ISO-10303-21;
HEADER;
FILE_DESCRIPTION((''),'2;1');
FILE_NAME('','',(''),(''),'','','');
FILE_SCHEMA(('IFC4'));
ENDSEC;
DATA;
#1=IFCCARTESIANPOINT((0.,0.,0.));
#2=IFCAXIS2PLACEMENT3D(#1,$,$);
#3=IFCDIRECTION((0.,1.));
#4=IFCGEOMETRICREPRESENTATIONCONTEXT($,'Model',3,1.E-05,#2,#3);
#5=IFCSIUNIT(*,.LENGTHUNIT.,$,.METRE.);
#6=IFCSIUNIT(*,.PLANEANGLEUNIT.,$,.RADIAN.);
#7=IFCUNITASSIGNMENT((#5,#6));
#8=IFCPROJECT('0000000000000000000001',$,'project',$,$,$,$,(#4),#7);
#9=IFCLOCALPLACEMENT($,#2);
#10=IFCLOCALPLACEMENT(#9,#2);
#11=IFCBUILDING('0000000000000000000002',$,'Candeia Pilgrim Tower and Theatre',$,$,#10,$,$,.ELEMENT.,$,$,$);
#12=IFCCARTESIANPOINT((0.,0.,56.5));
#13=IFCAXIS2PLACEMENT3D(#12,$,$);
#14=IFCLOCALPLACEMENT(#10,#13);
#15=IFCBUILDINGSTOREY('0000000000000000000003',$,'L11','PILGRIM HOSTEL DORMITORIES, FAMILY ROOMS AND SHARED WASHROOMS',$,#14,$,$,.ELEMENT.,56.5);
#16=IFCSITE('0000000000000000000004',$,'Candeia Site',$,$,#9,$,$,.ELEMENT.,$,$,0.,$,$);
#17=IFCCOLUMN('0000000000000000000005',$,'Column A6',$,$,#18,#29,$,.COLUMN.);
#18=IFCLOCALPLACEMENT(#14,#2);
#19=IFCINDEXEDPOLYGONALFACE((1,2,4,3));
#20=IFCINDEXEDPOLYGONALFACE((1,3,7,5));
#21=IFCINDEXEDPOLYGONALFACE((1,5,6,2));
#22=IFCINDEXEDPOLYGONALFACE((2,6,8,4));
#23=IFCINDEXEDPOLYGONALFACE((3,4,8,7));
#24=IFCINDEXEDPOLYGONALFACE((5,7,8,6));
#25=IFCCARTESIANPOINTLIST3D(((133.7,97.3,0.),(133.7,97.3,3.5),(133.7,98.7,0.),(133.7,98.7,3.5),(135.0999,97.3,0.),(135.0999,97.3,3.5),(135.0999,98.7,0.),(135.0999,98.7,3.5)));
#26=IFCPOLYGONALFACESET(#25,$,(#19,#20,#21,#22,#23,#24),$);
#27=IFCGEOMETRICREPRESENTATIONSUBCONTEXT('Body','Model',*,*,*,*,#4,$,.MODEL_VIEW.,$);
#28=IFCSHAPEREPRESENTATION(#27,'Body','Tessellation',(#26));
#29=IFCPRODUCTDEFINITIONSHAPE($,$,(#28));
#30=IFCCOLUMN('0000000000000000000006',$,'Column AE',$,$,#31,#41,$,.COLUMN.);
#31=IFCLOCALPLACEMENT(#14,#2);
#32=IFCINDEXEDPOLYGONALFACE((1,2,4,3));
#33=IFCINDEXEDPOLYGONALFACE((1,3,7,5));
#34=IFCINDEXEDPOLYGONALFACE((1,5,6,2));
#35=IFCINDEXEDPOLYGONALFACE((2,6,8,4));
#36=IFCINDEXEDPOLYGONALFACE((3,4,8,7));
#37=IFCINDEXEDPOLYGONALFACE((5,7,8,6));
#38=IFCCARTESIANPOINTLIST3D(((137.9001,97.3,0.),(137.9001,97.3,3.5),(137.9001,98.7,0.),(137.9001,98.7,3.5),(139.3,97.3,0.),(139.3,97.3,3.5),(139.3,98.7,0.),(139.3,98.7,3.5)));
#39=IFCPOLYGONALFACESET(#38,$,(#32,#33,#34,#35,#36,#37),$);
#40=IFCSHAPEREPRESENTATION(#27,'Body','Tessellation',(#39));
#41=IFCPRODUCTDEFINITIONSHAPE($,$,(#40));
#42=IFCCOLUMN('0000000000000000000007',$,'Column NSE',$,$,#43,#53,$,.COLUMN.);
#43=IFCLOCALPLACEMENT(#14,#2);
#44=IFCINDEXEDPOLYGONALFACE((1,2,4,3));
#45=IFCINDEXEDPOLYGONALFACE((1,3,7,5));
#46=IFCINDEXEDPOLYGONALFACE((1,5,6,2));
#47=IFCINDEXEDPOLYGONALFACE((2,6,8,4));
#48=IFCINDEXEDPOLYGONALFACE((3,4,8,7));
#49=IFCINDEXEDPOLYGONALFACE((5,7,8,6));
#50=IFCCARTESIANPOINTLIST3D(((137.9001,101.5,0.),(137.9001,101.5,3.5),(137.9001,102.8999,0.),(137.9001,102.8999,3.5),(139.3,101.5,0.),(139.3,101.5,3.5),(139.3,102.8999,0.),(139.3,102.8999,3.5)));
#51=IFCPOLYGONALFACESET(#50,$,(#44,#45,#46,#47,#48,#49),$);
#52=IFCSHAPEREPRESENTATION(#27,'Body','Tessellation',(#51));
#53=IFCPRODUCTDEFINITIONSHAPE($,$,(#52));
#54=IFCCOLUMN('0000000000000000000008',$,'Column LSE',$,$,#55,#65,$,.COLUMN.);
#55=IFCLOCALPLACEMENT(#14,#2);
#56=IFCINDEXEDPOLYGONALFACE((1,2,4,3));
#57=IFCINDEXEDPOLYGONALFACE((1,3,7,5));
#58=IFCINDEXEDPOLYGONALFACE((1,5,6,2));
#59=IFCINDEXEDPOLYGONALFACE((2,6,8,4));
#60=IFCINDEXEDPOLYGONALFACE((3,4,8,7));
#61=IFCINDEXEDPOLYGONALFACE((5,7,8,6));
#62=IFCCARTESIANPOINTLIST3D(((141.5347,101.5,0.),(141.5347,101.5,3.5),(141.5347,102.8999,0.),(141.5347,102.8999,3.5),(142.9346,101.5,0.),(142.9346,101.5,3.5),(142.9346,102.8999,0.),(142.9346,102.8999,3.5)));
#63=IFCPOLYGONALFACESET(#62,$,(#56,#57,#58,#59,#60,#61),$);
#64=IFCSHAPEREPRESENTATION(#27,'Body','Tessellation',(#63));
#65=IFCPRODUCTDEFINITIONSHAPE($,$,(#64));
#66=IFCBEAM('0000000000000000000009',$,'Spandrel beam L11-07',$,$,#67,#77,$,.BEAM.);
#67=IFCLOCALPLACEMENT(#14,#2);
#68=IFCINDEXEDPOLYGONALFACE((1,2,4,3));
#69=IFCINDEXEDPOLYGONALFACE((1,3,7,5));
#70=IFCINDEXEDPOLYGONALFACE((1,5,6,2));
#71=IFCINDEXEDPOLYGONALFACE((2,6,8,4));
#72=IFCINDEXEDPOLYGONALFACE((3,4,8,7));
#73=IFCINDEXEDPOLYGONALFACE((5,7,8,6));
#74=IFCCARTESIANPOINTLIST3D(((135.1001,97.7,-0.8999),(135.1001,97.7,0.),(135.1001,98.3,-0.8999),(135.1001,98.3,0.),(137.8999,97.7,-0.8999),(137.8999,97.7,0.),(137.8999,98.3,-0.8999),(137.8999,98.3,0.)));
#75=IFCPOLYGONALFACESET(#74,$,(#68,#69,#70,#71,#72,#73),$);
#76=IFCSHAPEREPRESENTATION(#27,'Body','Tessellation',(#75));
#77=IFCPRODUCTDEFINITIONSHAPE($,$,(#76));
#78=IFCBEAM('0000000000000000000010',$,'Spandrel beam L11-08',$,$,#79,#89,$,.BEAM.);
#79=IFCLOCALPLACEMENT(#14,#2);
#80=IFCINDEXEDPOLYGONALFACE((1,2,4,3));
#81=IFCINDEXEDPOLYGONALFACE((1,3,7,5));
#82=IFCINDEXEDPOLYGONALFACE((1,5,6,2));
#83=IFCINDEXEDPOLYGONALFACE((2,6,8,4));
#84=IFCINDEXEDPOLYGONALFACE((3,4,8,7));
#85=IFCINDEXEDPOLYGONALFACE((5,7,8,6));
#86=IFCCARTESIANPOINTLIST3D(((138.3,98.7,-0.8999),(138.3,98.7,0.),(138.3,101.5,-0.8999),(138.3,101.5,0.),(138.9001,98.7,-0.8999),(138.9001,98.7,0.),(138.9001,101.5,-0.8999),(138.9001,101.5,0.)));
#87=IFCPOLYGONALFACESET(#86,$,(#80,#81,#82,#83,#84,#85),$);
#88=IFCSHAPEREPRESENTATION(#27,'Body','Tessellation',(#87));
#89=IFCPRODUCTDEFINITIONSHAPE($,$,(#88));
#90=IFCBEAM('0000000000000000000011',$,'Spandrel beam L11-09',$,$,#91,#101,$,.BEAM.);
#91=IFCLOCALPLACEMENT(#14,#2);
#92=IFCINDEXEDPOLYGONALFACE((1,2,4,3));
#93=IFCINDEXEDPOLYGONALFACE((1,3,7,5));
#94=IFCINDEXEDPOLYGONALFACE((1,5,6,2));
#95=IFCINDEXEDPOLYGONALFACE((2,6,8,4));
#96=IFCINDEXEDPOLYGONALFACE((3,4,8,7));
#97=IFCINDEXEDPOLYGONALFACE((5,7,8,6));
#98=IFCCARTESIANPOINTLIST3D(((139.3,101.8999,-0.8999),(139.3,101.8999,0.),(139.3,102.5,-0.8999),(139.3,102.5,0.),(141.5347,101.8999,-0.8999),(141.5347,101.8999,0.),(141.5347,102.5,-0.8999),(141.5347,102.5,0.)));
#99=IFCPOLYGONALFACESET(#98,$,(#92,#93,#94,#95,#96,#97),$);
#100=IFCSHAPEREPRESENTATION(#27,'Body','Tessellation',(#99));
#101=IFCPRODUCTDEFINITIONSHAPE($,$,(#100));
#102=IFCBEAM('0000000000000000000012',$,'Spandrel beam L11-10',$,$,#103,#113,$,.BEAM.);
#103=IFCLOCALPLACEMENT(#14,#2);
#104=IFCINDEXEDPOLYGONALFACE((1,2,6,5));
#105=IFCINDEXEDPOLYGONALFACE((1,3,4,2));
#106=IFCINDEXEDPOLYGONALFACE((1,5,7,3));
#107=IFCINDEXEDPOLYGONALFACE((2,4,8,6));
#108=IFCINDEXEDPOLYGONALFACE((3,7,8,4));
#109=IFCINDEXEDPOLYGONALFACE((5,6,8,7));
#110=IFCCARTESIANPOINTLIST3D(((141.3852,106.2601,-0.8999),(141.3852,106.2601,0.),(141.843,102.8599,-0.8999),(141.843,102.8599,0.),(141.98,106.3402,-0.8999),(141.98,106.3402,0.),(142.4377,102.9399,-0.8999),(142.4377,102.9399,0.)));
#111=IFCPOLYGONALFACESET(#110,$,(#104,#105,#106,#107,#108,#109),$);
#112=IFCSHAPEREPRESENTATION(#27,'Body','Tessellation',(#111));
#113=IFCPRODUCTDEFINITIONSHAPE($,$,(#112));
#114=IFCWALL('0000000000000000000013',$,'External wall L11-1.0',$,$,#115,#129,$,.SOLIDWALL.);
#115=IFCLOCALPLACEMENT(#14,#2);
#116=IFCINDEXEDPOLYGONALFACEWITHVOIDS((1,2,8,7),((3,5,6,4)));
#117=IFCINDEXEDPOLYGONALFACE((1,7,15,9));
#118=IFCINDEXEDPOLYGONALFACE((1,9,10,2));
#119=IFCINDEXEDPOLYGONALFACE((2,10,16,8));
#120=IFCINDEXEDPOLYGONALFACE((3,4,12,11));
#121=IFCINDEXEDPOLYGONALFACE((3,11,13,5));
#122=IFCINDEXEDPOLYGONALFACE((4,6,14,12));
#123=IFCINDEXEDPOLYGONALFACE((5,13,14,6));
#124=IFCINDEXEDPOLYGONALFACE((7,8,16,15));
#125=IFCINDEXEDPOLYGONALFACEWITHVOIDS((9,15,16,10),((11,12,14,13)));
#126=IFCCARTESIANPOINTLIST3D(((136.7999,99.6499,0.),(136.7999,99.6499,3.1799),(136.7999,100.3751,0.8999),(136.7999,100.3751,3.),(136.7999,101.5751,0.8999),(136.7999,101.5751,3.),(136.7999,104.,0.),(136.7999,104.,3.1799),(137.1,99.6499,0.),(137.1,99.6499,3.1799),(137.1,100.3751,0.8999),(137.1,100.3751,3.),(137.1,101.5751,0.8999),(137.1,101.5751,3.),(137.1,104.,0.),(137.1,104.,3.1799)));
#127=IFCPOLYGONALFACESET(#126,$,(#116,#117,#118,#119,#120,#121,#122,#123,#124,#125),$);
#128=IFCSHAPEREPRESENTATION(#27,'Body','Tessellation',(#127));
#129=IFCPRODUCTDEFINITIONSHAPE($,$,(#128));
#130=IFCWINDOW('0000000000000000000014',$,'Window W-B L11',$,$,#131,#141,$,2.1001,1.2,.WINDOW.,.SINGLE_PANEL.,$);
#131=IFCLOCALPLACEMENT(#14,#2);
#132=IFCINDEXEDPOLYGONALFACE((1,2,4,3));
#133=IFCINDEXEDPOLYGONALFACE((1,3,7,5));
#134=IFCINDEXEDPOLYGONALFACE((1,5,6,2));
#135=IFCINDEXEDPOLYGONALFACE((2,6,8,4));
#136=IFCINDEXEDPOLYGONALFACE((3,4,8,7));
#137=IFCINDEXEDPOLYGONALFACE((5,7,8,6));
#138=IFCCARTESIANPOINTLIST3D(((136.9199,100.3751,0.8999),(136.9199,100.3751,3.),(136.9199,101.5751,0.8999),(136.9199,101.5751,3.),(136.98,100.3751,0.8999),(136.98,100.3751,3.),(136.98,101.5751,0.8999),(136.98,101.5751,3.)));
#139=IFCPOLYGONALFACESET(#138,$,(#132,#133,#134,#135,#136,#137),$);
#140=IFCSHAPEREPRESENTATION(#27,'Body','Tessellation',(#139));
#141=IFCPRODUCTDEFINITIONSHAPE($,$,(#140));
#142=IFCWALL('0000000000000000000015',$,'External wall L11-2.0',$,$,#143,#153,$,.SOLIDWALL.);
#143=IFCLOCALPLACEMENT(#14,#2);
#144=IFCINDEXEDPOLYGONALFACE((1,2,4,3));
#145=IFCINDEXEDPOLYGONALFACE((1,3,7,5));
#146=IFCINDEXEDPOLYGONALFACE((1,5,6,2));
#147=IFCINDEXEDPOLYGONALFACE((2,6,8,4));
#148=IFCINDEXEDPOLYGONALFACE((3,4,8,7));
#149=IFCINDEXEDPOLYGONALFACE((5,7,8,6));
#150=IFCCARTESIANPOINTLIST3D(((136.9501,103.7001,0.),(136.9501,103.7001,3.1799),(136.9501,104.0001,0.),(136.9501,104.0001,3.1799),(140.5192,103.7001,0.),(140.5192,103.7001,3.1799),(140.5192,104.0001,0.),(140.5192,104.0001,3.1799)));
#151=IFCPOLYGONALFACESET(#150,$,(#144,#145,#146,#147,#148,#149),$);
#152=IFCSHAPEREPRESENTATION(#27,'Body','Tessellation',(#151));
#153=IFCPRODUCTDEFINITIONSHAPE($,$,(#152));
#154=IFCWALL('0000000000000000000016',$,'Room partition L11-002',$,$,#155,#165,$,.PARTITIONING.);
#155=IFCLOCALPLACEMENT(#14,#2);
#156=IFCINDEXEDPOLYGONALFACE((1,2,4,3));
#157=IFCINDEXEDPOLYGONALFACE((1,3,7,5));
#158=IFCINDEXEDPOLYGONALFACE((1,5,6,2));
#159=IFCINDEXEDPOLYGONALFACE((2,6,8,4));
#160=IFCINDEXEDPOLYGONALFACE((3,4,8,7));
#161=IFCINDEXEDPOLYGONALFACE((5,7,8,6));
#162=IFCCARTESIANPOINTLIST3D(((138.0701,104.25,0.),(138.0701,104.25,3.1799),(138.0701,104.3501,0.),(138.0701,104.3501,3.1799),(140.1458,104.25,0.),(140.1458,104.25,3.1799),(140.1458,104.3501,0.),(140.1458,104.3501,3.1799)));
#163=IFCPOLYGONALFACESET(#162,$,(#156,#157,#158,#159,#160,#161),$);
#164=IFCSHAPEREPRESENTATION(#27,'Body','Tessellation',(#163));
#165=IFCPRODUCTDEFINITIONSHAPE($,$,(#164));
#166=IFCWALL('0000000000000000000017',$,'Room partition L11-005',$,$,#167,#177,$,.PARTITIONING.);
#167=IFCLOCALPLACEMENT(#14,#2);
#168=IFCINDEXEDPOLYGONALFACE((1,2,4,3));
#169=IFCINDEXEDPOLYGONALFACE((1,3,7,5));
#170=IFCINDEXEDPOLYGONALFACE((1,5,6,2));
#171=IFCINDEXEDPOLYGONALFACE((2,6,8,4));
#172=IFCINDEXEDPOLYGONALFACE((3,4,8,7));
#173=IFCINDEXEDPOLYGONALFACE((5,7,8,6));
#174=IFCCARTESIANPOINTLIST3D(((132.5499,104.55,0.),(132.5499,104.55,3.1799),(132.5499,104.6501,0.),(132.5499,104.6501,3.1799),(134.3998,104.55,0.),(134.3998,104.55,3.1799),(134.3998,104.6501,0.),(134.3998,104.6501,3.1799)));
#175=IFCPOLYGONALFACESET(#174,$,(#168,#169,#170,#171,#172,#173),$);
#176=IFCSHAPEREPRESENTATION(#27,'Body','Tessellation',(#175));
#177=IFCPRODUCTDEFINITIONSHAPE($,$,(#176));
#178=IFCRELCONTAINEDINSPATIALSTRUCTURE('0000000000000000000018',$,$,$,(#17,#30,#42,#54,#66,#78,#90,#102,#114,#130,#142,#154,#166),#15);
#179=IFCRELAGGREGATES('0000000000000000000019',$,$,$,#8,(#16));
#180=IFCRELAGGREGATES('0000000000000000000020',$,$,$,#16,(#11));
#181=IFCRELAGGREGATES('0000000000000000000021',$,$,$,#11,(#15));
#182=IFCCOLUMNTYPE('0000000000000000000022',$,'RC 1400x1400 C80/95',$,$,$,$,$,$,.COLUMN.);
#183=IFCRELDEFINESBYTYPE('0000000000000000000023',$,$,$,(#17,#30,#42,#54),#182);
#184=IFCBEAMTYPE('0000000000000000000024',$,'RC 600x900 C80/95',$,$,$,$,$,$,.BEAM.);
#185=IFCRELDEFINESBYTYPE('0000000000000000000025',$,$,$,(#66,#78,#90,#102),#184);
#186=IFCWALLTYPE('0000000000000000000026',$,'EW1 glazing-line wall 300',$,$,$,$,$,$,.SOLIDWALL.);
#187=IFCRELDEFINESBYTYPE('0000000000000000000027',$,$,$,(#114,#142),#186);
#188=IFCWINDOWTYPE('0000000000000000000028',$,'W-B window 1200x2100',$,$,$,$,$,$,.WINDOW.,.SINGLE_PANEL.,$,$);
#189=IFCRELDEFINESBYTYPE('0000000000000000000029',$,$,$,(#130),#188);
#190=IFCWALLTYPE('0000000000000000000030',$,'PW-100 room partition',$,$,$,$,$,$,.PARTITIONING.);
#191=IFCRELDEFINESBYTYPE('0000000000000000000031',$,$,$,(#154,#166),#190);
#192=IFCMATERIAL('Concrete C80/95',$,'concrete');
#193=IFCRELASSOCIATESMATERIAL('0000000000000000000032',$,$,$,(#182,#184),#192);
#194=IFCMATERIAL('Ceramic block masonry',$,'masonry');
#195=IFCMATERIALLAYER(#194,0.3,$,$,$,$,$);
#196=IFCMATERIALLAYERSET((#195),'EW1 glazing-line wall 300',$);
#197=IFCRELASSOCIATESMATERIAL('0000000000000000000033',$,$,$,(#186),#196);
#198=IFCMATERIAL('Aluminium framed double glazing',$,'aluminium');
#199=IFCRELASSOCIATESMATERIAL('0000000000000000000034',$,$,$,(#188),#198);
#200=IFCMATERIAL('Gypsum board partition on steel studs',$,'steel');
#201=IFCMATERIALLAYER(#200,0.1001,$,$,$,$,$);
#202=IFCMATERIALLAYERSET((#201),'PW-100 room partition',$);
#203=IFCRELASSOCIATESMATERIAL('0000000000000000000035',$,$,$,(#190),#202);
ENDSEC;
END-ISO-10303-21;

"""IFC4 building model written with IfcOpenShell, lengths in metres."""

from ifc_helpers import new_model, si_unit, direction, frame, frame_2d, origin, origin_2d, place, context, subcontext, project, spatial, rectangle, extrude, material, layer, layer_set, material_profile, profile_set, type_object, element, fill, save


model = new_model("IFC4")

# Units and contexts
model_context = context("Model", 3, precision=1e-05, world=origin(), true_north=direction((0.0, 1.0)))
body_context = subcontext(model_context, "Body", "Model", "MODEL_VIEW")
ifc_project = project(units=[si_unit("LENGTHUNIT", "METRE"), si_unit("PLANEANGLEUNIT", "RADIAN")], contexts=[model_context])

# Site, building, storey
site_placement = place(None, origin())
site = spatial("IfcSite", under=ifc_project, at=site_placement, Name="Candeia Site", CompositionType="ELEMENT", RefElevation=0.0)
building_placement = place(site_placement, origin())
building = spatial("IfcBuilding", under=site, at=building_placement, Name="Candeia Pilgrim Tower and Theatre", CompositionType="ELEMENT")
storey_placement = place(building_placement, frame((0.0, 0.0, 56.5)))
storey = spatial("IfcBuildingStorey", under=building, at=storey_placement, Name="L11", Description="PILGRIM HOSTEL DORMITORIES, FAMILY ROOMS AND SHARED WASHROOMS", CompositionType="ELEMENT", Elevation=56.5)

# Columns
ifc_material_1 = material(Name="Concrete C80/95", Category="concrete")
ifc_material_profile_1 = material_profile(ifc_material_1, rectangle(XDim=1.3999, YDim=1.3999, at=origin_2d()))
ifc_profile_set_1 = profile_set([ifc_material_profile_1], Name="Concrete C80/95")
column_type = type_object("IfcColumnType", Name="RC 1400x1400 C80/95", PredefinedType="COLUMN", material=ifc_profile_set_1)
for number, where, z_axis, x_axis, name in (
    (1, (134.3999, 98.0, 0.0), (0.0, 0.0, 1.0), (1.0, 0.0, 0.0), "Column A6"),
    (2, (138.6001, 98.0, 0.0), (0.0, 0.0, 1.0), (1.0, 0.0, 0.0), "Column AE"),
    (3, (138.6001, 102.2, 0.0), (0.0, 0.0, 1.0), (1.0, 0.0, 0.0), "Column NSE"),
    (4, (142.2346, 102.2, 0.0), (0.0, 0.0, 1.0), (1.0, 0.0, 0.0), "Column LSE"),
):
    element("IfcColumn", number, at=place(storey_placement, frame(where, z_axis=z_axis, x_axis=x_axis)), inside=storey, type_object=column_type, Name=name, PredefinedType="COLUMN", context=body_context, shape_type="SweptSolid", body=[
        extrude(rectangle(XDim=1.3999, YDim=1.3999, at=origin_2d()), origin(), (0.0, 0.0, 1.0), 3.5),
    ])

# Beams
ifc_material_profile_2 = material_profile(ifc_material_1, rectangle(XDim=0.6001, YDim=0.8999, at=origin_2d()))
ifc_profile_set_2 = profile_set([ifc_material_profile_2], Name="Concrete C80/95")
beam_type = type_object("IfcBeamType", Name="RC 600x900 C80/95", PredefinedType="BEAM", material=ifc_profile_set_2)
beam_1_placement = place(storey_placement, frame((135.1001, 98.0, -0.45), z_axis=(1.0, 0.0, 0.0), x_axis=(0.0, 1.0, 0.0)))
element("IfcBeam", 5, at=beam_1_placement, inside=storey, type_object=beam_type, Name="Spandrel beam L11-07", PredefinedType="BEAM", context=body_context, shape_type="SweptSolid", body=[
    extrude(rectangle(XDim=0.6001, YDim=0.8999, at=origin_2d()), origin(), (0.0, 0.0, 1.0), 2.7998),
])
beam_2_placement = place(storey_placement, frame((138.6001, 98.7, -0.45), z_axis=(0.0, 1.0, 0.0), x_axis=(-1.0, 0.0, 0.0)))
element("IfcBeam", 6, at=beam_2_placement, inside=storey, type_object=beam_type, Name="Spandrel beam L11-08", PredefinedType="BEAM", context=body_context, shape_type="SweptSolid", body=[
    extrude(rectangle(XDim=0.6001, YDim=0.8999, at=origin_2d()), origin(), (0.0, 0.0, 1.0), 2.8),
])
beam_3_placement = place(storey_placement, frame((139.3, 102.2, -0.45), z_axis=(1.0, 0.0, 0.0), x_axis=(0.0, 1.0, 0.0)))
element("IfcBeam", 7, at=beam_3_placement, inside=storey, type_object=beam_type, Name="Spandrel beam L11-09", PredefinedType="BEAM", context=body_context, shape_type="SweptSolid", body=[
    extrude(rectangle(XDim=0.6001, YDim=0.8999, at=origin_2d()), origin(), (0.0, 0.0, 1.0), 2.2346),
])
beam_4_placement = place(storey_placement, frame((142.1404, 102.8999, -0.45), z_axis=(-0.133427, 0.991059, 0.0), x_axis=(-0.991059, -0.133427, 0.0)))
element("IfcBeam", 8, at=beam_4_placement, inside=storey, type_object=beam_type, Name="Spandrel beam L11-10", PredefinedType="BEAM", context=body_context, shape_type="SweptSolid", body=[
    extrude(rectangle(XDim=0.6001, YDim=0.8999, at=origin_2d()), origin(), (0.0, 0.0, 1.0), 3.4309),
])

# Wall, opening, window
ifc_material_2 = material(Name="Ceramic block masonry", Category="masonry")
ifc_layer_1 = layer(ifc_material_2, 0.3)
ifc_layer_set_1 = layer_set([ifc_layer_1], Name="EW1 glazing-line wall 300")
wall_type_1 = type_object("IfcWallType", Name="EW1 glazing-line wall 300", PredefinedType="SOLIDWALL", material=ifc_layer_set_1)
wall_1_placement = place(storey_placement, frame((136.95, 99.6499, 0.0), z_axis=(0.0, 0.0, 1.0), x_axis=(0.0, 1.0, 0.0)))
wall_1 = element("IfcWall", 9, at=wall_1_placement, inside=storey, type_object=wall_type_1, Name="External wall L11-1.0", PredefinedType="SOLIDWALL", context=body_context, shape_type="SweptSolid", body=[
    extrude(rectangle(XDim=4.3501, YDim=0.3, at=frame_2d((2.175, 0.0))), origin(), (0.0, 0.0, 1.0), 3.1799),
])
opening_1_placement = place(wall_1_placement, frame((0.7251, 0.0, 0.8999)))
opening_1 = element("IfcOpeningElement", 10, at=opening_1_placement, cuts=wall_1, PredefinedType="OPENING", context=body_context, shape_type="SweptSolid", body=[
    extrude(rectangle(XDim=1.2, YDim=2.1001, at=frame_2d((0.6001, 1.05))), frame((0.0, 0.1602, 0.0), z_axis=(0.0, -1.0, 0.0), x_axis=(1.0, 0.0, 0.0)), (0.0, 0.0, 1.0), 0.3201),
])
ifc_material_3 = material(Name="Aluminium framed double glazing", Category="aluminium")
window_type = type_object("IfcWindowType", Name="W-B window 1200x2100", PartitioningType="SINGLE_PANEL", PredefinedType="WINDOW", material=ifc_material_3)
window_1_placement = place(opening_1_placement, origin())
window_1 = element("IfcWindow", 11, at=window_1_placement, inside=storey, type_object=window_type, Name="Window W-B L11", OverallHeight=2.1001, OverallWidth=1.2, PartitioningType="SINGLE_PANEL", PredefinedType="WINDOW", context=body_context, shape_type="SweptSolid", body=[
    extrude(rectangle(XDim=1.2, YDim=2.1001, at=frame_2d((0.6001, 1.05))), frame((0.0, 0.03, 0.0), z_axis=(0.0, -1.0, 0.0), x_axis=(1.0, 0.0, 0.0)), (0.0, 0.0, 1.0), 0.0601),
])
fill(opening_1, window_1)

# Wall
wall_2_placement = place(storey_placement, frame((136.95, 103.8501, 0.0), z_axis=(0.0, 0.0, 1.0), x_axis=(1.0, 0.0, 0.0)))
element("IfcWall", 12, at=wall_2_placement, inside=storey, type_object=wall_type_1, Name="External wall L11-2.0", PredefinedType="SOLIDWALL", context=body_context, shape_type="SweptSolid", body=[
    extrude(rectangle(XDim=3.5691, YDim=0.3, at=frame_2d((1.7847, 0.0))), origin(), (0.0, 0.0, 1.0), 3.1799),
])

# Walls
ifc_material_4 = material(Name="Gypsum board partition on steel studs", Category="steel")
ifc_layer_2 = layer(ifc_material_4, 0.1001)
ifc_layer_set_2 = layer_set([ifc_layer_2], Name="PW-100 room partition")
wall_type_2 = type_object("IfcWallType", Name="PW-100 room partition", PredefinedType="PARTITIONING", material=ifc_layer_set_2)
wall_3_placement = place(storey_placement, frame((138.0701, 104.3, 0.0), z_axis=(0.0, 0.0, 1.0), x_axis=(1.0, 0.0, 0.0)))
element("IfcWall", 13, at=wall_3_placement, inside=storey, type_object=wall_type_2, Name="Room partition L11-002", PredefinedType="PARTITIONING", context=body_context, shape_type="SweptSolid", body=[
    extrude(rectangle(XDim=2.0757, YDim=0.1001, at=frame_2d((1.0378, 0.0))), origin(), (0.0, 0.0, 1.0), 3.1799),
])
wall_4_placement = place(storey_placement, frame((132.55, 104.6001, 0.0), z_axis=(0.0, 0.0, 1.0), x_axis=(1.0, 0.0, 0.0)))
element("IfcWall", 14, at=wall_4_placement, inside=storey, type_object=wall_type_2, Name="Room partition L11-005", PredefinedType="PARTITIONING", context=body_context, shape_type="SweptSolid", body=[
    extrude(rectangle(XDim=1.8499, YDim=0.1001, at=frame_2d((0.9248, 0.0))), origin(), (0.0, 0.0, 1.0), 3.1799),
])

save(model, "model.ifc")
